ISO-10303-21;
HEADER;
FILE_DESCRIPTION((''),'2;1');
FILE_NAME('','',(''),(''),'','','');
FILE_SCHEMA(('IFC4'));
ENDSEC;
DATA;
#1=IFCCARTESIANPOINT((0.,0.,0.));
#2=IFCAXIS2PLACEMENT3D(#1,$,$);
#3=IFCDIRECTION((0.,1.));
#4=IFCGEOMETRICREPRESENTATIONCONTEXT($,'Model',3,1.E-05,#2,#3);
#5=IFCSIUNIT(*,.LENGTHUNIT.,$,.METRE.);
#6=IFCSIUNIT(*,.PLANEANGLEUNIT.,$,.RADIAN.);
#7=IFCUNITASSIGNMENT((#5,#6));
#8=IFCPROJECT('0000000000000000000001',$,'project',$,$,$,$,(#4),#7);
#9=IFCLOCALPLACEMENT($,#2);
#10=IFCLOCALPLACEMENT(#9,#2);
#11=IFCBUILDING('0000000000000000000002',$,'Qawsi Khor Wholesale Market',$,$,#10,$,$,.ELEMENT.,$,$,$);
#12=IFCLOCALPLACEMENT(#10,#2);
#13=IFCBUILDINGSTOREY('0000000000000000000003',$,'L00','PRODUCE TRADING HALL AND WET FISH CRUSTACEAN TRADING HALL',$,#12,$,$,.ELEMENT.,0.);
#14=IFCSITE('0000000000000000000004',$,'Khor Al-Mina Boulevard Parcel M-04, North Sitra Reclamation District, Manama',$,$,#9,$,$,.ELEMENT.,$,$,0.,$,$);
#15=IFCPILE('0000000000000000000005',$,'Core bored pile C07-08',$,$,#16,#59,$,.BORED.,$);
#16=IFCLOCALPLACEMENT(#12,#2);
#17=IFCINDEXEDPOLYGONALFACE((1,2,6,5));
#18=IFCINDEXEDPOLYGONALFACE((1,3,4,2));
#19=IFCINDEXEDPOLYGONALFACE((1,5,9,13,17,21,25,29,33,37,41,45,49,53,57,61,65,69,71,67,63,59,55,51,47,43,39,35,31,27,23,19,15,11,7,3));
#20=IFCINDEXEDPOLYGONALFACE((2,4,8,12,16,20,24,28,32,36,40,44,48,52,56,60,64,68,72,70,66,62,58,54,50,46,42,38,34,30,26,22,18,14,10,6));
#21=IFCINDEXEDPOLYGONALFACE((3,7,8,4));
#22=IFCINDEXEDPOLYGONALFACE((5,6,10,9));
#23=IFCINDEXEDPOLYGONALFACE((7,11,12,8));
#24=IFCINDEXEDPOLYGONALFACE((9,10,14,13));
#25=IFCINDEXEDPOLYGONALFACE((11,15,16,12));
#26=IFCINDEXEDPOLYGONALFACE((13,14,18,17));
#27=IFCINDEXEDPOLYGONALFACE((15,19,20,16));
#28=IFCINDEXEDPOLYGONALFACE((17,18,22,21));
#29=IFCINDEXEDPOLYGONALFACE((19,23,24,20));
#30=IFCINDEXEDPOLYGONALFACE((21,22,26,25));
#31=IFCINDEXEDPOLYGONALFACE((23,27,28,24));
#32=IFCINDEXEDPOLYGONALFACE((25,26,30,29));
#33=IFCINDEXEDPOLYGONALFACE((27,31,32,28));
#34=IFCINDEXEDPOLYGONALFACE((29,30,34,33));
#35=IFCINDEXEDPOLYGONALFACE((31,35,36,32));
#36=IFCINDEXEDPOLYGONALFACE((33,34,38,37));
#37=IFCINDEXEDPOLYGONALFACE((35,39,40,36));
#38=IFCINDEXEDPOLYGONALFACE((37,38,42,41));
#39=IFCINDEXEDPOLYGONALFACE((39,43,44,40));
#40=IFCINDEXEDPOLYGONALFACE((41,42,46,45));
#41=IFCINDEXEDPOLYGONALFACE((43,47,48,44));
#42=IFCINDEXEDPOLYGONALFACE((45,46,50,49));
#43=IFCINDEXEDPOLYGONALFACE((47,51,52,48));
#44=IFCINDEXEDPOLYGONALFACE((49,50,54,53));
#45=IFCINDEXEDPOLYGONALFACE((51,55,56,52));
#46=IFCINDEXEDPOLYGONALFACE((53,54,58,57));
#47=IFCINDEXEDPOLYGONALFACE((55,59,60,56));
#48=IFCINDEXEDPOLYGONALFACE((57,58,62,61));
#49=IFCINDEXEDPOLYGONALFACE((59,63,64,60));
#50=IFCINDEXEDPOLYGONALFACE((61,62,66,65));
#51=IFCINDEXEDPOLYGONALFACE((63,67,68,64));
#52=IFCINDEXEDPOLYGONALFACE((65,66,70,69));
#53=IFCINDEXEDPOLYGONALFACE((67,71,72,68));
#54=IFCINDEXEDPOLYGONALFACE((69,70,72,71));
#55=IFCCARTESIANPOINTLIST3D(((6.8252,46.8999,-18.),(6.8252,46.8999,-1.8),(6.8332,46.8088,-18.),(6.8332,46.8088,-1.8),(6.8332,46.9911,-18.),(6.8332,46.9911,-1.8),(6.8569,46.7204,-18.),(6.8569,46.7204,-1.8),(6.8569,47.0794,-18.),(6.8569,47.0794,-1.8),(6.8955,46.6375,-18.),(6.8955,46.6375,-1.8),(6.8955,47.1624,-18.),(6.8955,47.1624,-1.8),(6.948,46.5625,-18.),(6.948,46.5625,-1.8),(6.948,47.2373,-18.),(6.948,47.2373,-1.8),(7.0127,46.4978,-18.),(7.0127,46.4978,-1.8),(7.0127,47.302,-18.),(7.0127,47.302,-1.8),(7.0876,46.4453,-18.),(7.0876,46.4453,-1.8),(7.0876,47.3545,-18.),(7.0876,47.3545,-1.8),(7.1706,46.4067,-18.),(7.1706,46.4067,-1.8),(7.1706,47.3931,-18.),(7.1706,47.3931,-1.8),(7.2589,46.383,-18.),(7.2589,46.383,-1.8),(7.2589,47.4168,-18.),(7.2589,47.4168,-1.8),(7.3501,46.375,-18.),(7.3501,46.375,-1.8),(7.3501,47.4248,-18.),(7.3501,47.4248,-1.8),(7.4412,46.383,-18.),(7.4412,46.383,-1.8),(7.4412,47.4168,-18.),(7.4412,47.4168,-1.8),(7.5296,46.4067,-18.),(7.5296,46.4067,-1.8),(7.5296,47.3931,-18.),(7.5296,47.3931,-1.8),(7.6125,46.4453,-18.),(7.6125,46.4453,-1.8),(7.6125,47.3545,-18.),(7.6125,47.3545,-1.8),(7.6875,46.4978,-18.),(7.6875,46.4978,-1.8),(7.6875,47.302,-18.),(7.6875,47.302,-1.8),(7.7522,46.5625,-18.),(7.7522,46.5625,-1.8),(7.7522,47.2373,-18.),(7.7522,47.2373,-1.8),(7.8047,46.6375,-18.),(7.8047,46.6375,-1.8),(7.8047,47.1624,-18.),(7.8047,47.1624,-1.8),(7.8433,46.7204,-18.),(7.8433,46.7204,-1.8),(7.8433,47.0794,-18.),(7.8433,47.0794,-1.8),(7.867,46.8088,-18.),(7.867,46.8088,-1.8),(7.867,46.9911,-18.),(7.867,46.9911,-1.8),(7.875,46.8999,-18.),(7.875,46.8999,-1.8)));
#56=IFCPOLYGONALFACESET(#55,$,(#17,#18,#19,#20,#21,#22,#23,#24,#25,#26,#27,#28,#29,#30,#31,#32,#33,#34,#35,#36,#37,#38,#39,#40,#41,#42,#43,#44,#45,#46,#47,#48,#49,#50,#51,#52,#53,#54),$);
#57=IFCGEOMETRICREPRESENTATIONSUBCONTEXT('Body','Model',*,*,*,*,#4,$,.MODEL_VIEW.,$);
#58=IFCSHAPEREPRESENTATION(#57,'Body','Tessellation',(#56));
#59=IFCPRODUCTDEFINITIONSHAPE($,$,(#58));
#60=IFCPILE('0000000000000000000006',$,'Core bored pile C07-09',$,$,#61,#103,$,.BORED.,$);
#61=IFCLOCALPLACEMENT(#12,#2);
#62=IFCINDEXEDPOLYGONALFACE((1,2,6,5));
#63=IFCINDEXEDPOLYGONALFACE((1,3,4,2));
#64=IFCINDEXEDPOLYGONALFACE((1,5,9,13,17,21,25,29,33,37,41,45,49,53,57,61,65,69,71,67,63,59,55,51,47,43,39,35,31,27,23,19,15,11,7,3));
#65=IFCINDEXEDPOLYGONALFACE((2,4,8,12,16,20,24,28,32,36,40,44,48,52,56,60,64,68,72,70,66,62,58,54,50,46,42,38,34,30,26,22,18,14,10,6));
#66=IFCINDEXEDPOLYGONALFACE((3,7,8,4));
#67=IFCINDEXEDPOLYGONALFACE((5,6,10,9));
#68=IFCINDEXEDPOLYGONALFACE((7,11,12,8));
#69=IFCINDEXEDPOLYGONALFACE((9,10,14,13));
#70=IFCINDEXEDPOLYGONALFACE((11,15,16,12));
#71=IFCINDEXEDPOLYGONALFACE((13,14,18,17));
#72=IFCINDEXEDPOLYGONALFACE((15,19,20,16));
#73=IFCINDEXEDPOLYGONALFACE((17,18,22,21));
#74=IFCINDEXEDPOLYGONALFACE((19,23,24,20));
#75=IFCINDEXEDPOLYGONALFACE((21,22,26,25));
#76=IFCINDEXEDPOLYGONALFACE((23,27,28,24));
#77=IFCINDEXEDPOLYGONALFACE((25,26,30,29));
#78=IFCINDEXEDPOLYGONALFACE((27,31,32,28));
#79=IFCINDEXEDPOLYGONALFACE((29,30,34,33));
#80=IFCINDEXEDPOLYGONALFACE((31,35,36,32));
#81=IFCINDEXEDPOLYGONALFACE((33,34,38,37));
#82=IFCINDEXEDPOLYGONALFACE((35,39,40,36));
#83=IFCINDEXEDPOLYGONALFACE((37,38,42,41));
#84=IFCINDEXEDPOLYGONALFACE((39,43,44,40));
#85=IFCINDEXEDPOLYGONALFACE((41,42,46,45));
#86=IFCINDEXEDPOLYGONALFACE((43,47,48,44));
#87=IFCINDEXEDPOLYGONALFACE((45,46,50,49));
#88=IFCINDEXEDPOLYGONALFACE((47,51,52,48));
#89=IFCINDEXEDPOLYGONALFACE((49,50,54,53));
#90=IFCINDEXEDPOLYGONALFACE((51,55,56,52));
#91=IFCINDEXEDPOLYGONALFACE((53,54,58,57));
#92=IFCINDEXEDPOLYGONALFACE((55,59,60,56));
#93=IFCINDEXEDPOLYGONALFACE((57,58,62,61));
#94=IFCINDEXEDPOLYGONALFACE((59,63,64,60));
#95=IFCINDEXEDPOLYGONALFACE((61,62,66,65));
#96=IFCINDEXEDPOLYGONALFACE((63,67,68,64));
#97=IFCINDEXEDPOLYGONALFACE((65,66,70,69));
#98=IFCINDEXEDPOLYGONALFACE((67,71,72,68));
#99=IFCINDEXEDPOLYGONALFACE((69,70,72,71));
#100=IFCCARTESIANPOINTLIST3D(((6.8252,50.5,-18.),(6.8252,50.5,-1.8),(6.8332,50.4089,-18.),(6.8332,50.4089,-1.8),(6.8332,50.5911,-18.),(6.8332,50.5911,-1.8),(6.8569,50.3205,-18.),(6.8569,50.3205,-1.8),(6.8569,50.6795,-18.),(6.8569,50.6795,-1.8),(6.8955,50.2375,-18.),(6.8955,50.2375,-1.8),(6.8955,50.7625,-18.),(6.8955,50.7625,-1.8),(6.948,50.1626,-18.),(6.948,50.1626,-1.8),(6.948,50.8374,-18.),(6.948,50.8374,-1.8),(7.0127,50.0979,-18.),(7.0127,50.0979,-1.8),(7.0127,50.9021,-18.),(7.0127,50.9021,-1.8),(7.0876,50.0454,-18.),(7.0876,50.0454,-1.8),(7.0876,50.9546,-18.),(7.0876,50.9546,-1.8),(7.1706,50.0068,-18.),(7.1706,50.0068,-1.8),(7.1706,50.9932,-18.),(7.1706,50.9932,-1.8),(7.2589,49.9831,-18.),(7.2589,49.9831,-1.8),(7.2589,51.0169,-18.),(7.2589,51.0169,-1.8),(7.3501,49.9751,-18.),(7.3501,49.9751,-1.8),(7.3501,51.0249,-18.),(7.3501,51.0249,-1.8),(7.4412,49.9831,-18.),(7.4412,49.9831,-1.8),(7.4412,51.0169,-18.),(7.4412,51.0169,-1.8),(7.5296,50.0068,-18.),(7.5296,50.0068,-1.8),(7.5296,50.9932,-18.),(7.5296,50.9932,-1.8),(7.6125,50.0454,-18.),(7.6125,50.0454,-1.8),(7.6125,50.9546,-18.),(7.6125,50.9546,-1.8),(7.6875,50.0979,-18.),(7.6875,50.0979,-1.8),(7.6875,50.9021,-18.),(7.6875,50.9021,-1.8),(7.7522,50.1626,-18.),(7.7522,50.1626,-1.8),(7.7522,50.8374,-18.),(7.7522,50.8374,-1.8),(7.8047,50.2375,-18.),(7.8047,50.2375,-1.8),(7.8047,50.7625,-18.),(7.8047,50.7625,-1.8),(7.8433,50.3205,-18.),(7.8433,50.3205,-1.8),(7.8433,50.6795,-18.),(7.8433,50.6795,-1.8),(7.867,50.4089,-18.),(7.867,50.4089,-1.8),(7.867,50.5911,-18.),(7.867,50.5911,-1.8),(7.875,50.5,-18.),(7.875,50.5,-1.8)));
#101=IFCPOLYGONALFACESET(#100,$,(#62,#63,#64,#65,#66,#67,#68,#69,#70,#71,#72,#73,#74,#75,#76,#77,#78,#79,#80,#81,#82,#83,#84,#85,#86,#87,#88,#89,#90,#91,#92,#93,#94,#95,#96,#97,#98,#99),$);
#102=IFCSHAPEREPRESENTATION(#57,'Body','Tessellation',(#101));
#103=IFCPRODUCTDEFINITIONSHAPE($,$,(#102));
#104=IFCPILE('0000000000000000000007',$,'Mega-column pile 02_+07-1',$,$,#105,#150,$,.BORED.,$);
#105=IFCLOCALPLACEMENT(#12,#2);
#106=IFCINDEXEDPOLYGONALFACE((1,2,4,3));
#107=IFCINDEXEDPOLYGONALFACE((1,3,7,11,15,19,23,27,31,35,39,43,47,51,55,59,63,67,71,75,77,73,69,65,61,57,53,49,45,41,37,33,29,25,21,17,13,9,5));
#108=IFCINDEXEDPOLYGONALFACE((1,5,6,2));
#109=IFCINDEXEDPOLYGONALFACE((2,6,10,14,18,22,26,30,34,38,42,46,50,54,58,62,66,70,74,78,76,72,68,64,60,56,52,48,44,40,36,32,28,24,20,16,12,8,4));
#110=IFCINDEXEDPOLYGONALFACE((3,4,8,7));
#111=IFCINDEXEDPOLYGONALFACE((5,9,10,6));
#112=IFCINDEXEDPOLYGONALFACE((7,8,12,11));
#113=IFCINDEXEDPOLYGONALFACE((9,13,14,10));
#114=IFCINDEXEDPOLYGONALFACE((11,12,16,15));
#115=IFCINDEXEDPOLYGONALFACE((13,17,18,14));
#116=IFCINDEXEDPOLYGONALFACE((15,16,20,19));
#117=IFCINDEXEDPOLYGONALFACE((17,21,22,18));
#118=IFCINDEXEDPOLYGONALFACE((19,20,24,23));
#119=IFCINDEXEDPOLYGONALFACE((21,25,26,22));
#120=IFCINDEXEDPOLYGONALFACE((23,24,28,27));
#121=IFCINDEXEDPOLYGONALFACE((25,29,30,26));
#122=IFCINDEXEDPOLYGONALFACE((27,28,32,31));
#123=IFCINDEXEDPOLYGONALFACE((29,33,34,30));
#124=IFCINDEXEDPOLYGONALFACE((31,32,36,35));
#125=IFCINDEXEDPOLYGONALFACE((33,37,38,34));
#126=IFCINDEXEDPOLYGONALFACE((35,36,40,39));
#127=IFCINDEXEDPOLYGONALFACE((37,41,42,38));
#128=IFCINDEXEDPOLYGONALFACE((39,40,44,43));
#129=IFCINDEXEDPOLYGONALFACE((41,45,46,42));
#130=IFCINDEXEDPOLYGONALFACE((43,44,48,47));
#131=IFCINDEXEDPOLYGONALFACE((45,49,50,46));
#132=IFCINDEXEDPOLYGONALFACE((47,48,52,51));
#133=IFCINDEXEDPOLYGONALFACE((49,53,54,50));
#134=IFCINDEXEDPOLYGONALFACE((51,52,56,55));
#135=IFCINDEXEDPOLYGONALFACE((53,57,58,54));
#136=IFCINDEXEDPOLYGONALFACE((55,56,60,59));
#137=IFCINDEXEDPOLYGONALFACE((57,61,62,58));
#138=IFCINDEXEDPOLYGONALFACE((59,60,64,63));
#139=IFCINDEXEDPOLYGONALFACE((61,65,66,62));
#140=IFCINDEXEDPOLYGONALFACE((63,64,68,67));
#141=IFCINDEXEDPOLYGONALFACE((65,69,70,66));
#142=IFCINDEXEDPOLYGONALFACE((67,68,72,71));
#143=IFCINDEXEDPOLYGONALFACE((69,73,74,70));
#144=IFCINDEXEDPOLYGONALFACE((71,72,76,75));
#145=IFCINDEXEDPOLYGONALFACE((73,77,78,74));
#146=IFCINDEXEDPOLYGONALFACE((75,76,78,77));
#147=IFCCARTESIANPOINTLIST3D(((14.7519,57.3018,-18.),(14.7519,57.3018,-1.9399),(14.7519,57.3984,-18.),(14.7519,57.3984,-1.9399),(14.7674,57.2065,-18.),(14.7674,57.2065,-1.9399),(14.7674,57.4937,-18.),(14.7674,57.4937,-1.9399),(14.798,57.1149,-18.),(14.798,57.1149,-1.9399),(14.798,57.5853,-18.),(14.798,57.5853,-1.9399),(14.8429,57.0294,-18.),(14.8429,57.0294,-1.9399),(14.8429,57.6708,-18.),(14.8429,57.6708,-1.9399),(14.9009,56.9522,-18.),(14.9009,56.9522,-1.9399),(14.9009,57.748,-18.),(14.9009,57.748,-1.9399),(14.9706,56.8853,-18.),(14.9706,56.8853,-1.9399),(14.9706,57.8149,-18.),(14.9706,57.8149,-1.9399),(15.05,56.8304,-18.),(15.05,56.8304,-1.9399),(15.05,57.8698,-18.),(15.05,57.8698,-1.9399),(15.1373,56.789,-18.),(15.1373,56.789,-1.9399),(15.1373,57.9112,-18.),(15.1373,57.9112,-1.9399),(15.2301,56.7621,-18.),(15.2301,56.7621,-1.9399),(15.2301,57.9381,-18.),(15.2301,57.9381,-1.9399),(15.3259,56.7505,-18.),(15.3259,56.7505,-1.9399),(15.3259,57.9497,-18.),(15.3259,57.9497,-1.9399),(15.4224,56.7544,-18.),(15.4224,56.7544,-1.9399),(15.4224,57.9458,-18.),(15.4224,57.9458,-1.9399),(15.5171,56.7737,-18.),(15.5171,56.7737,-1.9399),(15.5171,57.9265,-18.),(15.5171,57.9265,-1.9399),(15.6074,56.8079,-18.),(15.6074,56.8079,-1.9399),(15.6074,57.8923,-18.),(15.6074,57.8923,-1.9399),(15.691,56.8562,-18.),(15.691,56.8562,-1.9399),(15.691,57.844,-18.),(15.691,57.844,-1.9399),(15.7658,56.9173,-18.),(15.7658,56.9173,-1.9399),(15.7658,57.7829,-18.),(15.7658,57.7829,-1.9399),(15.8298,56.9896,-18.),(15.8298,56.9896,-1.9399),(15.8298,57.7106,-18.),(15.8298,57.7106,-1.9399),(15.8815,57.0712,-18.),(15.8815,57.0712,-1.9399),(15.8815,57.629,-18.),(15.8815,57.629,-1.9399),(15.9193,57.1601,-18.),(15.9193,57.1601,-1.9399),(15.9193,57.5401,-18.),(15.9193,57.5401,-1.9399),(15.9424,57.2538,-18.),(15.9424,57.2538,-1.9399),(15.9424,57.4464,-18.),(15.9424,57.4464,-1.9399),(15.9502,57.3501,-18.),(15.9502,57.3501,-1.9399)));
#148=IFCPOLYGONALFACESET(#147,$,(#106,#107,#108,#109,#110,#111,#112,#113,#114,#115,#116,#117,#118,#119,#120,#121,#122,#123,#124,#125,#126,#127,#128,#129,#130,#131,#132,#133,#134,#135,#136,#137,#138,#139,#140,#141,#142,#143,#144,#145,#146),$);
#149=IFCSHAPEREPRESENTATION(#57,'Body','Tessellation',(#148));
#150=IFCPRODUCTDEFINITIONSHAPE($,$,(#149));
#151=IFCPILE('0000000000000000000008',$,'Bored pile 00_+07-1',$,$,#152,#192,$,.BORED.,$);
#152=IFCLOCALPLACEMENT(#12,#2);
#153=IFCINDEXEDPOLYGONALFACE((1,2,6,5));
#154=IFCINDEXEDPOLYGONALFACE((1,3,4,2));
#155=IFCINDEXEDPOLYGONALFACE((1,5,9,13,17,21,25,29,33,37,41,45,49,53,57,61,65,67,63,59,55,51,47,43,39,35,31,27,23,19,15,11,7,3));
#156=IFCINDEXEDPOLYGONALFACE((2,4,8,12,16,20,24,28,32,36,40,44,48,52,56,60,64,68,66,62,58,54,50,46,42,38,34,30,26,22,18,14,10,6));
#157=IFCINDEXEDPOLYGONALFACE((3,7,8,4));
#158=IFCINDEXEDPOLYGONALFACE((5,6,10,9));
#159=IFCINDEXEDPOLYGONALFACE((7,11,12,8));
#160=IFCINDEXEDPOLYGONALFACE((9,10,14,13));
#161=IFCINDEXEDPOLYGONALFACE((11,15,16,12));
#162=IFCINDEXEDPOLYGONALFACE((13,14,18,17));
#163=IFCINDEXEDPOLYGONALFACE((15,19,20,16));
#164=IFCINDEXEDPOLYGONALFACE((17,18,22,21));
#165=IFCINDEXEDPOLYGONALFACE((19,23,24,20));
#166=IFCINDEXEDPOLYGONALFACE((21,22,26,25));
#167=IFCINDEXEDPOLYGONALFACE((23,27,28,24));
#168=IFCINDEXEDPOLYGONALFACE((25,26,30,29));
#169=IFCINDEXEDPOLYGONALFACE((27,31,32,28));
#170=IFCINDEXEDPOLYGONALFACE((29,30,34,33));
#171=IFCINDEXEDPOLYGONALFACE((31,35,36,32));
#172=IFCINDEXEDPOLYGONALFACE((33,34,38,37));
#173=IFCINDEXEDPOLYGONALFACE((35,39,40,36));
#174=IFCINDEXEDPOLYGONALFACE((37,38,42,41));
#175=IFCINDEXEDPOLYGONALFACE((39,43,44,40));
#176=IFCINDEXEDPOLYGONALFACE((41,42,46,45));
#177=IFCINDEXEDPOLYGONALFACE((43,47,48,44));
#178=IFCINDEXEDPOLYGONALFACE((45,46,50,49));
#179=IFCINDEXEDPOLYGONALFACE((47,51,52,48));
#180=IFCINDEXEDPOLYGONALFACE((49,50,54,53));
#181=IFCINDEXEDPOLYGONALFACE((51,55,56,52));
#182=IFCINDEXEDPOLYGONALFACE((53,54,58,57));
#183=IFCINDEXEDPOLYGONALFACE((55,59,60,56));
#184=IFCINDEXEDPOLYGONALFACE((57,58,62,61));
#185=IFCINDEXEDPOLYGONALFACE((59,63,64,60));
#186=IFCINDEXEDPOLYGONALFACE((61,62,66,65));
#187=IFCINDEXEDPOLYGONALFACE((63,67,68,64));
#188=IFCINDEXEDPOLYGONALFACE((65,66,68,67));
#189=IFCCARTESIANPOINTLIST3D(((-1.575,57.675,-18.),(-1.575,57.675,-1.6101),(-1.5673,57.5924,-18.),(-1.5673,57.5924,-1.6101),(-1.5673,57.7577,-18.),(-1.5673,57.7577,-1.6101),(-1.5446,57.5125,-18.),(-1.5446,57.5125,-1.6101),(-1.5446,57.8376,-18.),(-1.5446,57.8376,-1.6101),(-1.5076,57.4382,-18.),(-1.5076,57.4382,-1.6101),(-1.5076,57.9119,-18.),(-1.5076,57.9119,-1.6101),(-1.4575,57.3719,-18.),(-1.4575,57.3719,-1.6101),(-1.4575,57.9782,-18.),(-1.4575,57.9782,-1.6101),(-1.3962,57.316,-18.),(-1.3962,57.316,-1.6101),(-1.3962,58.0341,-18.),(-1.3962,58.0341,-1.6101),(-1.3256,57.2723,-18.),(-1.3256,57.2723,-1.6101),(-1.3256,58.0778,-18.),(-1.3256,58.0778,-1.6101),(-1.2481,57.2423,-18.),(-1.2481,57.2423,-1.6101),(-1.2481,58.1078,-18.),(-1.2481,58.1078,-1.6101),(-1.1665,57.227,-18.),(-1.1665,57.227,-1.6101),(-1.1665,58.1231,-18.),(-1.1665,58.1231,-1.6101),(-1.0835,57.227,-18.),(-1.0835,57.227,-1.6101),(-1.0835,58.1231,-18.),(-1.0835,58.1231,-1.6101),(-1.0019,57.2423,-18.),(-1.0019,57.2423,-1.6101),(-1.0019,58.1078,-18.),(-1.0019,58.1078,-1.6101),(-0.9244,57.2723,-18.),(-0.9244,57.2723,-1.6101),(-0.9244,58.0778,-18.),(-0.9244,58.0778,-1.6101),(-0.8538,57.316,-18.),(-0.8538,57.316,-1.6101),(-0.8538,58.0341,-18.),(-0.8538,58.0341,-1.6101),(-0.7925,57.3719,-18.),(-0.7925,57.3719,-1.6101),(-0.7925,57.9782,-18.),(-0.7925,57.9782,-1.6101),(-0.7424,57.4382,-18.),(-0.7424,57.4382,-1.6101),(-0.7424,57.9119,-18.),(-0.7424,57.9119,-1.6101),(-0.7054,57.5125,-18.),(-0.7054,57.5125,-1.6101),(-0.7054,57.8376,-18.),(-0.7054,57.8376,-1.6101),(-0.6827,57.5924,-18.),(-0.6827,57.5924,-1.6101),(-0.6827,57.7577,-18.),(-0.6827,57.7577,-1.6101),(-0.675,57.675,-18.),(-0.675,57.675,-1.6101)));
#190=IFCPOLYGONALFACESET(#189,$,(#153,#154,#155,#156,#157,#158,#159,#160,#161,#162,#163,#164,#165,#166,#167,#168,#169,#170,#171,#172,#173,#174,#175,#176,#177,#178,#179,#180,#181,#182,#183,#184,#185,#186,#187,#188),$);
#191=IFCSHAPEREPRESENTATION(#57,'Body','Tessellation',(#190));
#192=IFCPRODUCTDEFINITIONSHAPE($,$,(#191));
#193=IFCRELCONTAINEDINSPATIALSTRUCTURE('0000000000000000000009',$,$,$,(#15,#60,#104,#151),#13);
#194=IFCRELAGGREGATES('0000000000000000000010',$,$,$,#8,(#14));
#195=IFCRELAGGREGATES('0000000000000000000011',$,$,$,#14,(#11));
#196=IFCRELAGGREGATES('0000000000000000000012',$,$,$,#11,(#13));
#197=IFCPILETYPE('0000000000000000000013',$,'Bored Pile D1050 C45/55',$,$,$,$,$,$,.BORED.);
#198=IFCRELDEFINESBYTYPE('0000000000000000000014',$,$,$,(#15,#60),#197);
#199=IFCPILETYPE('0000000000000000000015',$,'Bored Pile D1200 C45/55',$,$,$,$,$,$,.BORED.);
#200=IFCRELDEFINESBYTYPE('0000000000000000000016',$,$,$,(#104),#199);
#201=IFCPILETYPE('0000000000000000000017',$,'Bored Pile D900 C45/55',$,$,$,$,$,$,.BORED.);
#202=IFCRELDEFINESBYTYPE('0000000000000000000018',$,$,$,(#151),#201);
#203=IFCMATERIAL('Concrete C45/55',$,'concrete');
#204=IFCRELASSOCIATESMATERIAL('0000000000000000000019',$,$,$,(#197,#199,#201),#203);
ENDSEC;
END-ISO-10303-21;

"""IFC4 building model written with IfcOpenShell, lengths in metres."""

from ifc_helpers import new_model, si_unit, direction, frame, origin, origin_2d, place, context, subcontext, project, spatial, circle, extrude, material, material_profile, profile_set, type_object, element, save


model = new_model("IFC4")

# Units and contexts
model_context = context("Model", 3, precision=1e-05, world=origin(), true_north=direction((0.0, 1.0)))
body_context = subcontext(model_context, "Body", "Model", "MODEL_VIEW")
ifc_project = project(units=[si_unit("LENGTHUNIT", "METRE"), si_unit("PLANEANGLEUNIT", "RADIAN")], contexts=[model_context])

# Site, building, storey
site_placement = place(None, origin())
site = spatial("IfcSite", under=ifc_project, at=site_placement, Name="Khor Al-Mina Boulevard Parcel M-04, North Sitra Reclamation District, Manama", CompositionType="ELEMENT", RefElevation=0.0)
building_placement = place(site_placement, origin())
building = spatial("IfcBuilding", under=site, at=building_placement, Name="Qawsi Khor Wholesale Market", CompositionType="ELEMENT")
storey_placement = place(building_placement, origin())
storey = spatial("IfcBuildingStorey", under=building, at=storey_placement, Name="L00", Description="PRODUCE TRADING HALL AND WET FISH CRUSTACEAN TRADING HALL", CompositionType="ELEMENT", Elevation=0.0)

# Piles
ifc_material_1 = material(Name="Concrete C45/55", Category="concrete")
ifc_material_profile_1 = material_profile(ifc_material_1, circle(Radius=0.5249, at=origin_2d()), Name="PILE D1050")
ifc_profile_set_1 = profile_set([ifc_material_profile_1], Name="Concrete C45/55")
pile_type_1 = type_object("IfcPileType", Name="Bored Pile D1050 C45/55", PredefinedType="BORED", material=ifc_profile_set_1)
for number, where, z_axis, x_axis, name in (
    (1, (7.3501, 46.8999, -1.8), (0.0, 0.0, -1.0), (1.0, 0.0, 0.0), "Core bored pile C07-08"),
    (2, (7.3501, 50.5, -1.8), (0.0, 0.0, -1.0), (1.0, 0.0, 0.0), "Core bored pile C07-09"),
):
    element("IfcPile", number, at=place(storey_placement, frame(where, z_axis=z_axis, x_axis=x_axis)), inside=storey, type_object=pile_type_1, Name=name, PredefinedType="BORED", context=body_context, shape_type="SweptSolid", body=[
        extrude(circle(Radius=0.5249, at=origin_2d()), origin(), (0.0, 0.0, 1.0), 16.2),
    ])
ifc_material_profile_2 = material_profile(ifc_material_1, circle(Radius=0.6001, at=origin_2d()), Name="PILE D1200")
ifc_profile_set_2 = profile_set([ifc_material_profile_2], Name="Concrete C45/55")
pile_type_2 = type_object("IfcPileType", Name="Bored Pile D1200 C45/55", PredefinedType="BORED", material=ifc_profile_set_2)
pile_1_placement = place(storey_placement, frame((15.3501, 57.3501, -1.9399), z_axis=(0.0, 0.0, -1.0), x_axis=(1.0, 0.0, 0.0)))
element("IfcPile", 3, at=pile_1_placement, inside=storey, type_object=pile_type_2, Name="Mega-column pile 02_+07-1", PredefinedType="BORED", context=body_context, shape_type="SweptSolid", body=[
    extrude(circle(Radius=0.6001, at=origin_2d()), origin(), (0.0, 0.0, 1.0), 16.0601),
])
ifc_material_profile_3 = material_profile(ifc_material_1, circle(Radius=0.45, at=origin_2d()), Name="PILE D900")
ifc_profile_set_3 = profile_set([ifc_material_profile_3], Name="Concrete C45/55")
pile_type_3 = type_object("IfcPileType", Name="Bored Pile D900 C45/55", PredefinedType="BORED", material=ifc_profile_set_3)
for number, where, z_axis, x_axis, name in (
    (4, (-1.125, 57.675, -1.6101), (0.0, 0.0, -1.0), (1.0, 0.0, 0.0), "Bored pile 00_+07-1"),
):
    element("IfcPile", number, at=place(storey_placement, frame(where, z_axis=z_axis, x_axis=x_axis)), inside=storey, type_object=pile_type_3, Name=name, PredefinedType="BORED", context=body_context, shape_type="SweptSolid", body=[
        extrude(circle(Radius=0.45, at=origin_2d()), origin(), (0.0, 0.0, 1.0), 16.3899),
    ])

save(model, "model.ifc")
